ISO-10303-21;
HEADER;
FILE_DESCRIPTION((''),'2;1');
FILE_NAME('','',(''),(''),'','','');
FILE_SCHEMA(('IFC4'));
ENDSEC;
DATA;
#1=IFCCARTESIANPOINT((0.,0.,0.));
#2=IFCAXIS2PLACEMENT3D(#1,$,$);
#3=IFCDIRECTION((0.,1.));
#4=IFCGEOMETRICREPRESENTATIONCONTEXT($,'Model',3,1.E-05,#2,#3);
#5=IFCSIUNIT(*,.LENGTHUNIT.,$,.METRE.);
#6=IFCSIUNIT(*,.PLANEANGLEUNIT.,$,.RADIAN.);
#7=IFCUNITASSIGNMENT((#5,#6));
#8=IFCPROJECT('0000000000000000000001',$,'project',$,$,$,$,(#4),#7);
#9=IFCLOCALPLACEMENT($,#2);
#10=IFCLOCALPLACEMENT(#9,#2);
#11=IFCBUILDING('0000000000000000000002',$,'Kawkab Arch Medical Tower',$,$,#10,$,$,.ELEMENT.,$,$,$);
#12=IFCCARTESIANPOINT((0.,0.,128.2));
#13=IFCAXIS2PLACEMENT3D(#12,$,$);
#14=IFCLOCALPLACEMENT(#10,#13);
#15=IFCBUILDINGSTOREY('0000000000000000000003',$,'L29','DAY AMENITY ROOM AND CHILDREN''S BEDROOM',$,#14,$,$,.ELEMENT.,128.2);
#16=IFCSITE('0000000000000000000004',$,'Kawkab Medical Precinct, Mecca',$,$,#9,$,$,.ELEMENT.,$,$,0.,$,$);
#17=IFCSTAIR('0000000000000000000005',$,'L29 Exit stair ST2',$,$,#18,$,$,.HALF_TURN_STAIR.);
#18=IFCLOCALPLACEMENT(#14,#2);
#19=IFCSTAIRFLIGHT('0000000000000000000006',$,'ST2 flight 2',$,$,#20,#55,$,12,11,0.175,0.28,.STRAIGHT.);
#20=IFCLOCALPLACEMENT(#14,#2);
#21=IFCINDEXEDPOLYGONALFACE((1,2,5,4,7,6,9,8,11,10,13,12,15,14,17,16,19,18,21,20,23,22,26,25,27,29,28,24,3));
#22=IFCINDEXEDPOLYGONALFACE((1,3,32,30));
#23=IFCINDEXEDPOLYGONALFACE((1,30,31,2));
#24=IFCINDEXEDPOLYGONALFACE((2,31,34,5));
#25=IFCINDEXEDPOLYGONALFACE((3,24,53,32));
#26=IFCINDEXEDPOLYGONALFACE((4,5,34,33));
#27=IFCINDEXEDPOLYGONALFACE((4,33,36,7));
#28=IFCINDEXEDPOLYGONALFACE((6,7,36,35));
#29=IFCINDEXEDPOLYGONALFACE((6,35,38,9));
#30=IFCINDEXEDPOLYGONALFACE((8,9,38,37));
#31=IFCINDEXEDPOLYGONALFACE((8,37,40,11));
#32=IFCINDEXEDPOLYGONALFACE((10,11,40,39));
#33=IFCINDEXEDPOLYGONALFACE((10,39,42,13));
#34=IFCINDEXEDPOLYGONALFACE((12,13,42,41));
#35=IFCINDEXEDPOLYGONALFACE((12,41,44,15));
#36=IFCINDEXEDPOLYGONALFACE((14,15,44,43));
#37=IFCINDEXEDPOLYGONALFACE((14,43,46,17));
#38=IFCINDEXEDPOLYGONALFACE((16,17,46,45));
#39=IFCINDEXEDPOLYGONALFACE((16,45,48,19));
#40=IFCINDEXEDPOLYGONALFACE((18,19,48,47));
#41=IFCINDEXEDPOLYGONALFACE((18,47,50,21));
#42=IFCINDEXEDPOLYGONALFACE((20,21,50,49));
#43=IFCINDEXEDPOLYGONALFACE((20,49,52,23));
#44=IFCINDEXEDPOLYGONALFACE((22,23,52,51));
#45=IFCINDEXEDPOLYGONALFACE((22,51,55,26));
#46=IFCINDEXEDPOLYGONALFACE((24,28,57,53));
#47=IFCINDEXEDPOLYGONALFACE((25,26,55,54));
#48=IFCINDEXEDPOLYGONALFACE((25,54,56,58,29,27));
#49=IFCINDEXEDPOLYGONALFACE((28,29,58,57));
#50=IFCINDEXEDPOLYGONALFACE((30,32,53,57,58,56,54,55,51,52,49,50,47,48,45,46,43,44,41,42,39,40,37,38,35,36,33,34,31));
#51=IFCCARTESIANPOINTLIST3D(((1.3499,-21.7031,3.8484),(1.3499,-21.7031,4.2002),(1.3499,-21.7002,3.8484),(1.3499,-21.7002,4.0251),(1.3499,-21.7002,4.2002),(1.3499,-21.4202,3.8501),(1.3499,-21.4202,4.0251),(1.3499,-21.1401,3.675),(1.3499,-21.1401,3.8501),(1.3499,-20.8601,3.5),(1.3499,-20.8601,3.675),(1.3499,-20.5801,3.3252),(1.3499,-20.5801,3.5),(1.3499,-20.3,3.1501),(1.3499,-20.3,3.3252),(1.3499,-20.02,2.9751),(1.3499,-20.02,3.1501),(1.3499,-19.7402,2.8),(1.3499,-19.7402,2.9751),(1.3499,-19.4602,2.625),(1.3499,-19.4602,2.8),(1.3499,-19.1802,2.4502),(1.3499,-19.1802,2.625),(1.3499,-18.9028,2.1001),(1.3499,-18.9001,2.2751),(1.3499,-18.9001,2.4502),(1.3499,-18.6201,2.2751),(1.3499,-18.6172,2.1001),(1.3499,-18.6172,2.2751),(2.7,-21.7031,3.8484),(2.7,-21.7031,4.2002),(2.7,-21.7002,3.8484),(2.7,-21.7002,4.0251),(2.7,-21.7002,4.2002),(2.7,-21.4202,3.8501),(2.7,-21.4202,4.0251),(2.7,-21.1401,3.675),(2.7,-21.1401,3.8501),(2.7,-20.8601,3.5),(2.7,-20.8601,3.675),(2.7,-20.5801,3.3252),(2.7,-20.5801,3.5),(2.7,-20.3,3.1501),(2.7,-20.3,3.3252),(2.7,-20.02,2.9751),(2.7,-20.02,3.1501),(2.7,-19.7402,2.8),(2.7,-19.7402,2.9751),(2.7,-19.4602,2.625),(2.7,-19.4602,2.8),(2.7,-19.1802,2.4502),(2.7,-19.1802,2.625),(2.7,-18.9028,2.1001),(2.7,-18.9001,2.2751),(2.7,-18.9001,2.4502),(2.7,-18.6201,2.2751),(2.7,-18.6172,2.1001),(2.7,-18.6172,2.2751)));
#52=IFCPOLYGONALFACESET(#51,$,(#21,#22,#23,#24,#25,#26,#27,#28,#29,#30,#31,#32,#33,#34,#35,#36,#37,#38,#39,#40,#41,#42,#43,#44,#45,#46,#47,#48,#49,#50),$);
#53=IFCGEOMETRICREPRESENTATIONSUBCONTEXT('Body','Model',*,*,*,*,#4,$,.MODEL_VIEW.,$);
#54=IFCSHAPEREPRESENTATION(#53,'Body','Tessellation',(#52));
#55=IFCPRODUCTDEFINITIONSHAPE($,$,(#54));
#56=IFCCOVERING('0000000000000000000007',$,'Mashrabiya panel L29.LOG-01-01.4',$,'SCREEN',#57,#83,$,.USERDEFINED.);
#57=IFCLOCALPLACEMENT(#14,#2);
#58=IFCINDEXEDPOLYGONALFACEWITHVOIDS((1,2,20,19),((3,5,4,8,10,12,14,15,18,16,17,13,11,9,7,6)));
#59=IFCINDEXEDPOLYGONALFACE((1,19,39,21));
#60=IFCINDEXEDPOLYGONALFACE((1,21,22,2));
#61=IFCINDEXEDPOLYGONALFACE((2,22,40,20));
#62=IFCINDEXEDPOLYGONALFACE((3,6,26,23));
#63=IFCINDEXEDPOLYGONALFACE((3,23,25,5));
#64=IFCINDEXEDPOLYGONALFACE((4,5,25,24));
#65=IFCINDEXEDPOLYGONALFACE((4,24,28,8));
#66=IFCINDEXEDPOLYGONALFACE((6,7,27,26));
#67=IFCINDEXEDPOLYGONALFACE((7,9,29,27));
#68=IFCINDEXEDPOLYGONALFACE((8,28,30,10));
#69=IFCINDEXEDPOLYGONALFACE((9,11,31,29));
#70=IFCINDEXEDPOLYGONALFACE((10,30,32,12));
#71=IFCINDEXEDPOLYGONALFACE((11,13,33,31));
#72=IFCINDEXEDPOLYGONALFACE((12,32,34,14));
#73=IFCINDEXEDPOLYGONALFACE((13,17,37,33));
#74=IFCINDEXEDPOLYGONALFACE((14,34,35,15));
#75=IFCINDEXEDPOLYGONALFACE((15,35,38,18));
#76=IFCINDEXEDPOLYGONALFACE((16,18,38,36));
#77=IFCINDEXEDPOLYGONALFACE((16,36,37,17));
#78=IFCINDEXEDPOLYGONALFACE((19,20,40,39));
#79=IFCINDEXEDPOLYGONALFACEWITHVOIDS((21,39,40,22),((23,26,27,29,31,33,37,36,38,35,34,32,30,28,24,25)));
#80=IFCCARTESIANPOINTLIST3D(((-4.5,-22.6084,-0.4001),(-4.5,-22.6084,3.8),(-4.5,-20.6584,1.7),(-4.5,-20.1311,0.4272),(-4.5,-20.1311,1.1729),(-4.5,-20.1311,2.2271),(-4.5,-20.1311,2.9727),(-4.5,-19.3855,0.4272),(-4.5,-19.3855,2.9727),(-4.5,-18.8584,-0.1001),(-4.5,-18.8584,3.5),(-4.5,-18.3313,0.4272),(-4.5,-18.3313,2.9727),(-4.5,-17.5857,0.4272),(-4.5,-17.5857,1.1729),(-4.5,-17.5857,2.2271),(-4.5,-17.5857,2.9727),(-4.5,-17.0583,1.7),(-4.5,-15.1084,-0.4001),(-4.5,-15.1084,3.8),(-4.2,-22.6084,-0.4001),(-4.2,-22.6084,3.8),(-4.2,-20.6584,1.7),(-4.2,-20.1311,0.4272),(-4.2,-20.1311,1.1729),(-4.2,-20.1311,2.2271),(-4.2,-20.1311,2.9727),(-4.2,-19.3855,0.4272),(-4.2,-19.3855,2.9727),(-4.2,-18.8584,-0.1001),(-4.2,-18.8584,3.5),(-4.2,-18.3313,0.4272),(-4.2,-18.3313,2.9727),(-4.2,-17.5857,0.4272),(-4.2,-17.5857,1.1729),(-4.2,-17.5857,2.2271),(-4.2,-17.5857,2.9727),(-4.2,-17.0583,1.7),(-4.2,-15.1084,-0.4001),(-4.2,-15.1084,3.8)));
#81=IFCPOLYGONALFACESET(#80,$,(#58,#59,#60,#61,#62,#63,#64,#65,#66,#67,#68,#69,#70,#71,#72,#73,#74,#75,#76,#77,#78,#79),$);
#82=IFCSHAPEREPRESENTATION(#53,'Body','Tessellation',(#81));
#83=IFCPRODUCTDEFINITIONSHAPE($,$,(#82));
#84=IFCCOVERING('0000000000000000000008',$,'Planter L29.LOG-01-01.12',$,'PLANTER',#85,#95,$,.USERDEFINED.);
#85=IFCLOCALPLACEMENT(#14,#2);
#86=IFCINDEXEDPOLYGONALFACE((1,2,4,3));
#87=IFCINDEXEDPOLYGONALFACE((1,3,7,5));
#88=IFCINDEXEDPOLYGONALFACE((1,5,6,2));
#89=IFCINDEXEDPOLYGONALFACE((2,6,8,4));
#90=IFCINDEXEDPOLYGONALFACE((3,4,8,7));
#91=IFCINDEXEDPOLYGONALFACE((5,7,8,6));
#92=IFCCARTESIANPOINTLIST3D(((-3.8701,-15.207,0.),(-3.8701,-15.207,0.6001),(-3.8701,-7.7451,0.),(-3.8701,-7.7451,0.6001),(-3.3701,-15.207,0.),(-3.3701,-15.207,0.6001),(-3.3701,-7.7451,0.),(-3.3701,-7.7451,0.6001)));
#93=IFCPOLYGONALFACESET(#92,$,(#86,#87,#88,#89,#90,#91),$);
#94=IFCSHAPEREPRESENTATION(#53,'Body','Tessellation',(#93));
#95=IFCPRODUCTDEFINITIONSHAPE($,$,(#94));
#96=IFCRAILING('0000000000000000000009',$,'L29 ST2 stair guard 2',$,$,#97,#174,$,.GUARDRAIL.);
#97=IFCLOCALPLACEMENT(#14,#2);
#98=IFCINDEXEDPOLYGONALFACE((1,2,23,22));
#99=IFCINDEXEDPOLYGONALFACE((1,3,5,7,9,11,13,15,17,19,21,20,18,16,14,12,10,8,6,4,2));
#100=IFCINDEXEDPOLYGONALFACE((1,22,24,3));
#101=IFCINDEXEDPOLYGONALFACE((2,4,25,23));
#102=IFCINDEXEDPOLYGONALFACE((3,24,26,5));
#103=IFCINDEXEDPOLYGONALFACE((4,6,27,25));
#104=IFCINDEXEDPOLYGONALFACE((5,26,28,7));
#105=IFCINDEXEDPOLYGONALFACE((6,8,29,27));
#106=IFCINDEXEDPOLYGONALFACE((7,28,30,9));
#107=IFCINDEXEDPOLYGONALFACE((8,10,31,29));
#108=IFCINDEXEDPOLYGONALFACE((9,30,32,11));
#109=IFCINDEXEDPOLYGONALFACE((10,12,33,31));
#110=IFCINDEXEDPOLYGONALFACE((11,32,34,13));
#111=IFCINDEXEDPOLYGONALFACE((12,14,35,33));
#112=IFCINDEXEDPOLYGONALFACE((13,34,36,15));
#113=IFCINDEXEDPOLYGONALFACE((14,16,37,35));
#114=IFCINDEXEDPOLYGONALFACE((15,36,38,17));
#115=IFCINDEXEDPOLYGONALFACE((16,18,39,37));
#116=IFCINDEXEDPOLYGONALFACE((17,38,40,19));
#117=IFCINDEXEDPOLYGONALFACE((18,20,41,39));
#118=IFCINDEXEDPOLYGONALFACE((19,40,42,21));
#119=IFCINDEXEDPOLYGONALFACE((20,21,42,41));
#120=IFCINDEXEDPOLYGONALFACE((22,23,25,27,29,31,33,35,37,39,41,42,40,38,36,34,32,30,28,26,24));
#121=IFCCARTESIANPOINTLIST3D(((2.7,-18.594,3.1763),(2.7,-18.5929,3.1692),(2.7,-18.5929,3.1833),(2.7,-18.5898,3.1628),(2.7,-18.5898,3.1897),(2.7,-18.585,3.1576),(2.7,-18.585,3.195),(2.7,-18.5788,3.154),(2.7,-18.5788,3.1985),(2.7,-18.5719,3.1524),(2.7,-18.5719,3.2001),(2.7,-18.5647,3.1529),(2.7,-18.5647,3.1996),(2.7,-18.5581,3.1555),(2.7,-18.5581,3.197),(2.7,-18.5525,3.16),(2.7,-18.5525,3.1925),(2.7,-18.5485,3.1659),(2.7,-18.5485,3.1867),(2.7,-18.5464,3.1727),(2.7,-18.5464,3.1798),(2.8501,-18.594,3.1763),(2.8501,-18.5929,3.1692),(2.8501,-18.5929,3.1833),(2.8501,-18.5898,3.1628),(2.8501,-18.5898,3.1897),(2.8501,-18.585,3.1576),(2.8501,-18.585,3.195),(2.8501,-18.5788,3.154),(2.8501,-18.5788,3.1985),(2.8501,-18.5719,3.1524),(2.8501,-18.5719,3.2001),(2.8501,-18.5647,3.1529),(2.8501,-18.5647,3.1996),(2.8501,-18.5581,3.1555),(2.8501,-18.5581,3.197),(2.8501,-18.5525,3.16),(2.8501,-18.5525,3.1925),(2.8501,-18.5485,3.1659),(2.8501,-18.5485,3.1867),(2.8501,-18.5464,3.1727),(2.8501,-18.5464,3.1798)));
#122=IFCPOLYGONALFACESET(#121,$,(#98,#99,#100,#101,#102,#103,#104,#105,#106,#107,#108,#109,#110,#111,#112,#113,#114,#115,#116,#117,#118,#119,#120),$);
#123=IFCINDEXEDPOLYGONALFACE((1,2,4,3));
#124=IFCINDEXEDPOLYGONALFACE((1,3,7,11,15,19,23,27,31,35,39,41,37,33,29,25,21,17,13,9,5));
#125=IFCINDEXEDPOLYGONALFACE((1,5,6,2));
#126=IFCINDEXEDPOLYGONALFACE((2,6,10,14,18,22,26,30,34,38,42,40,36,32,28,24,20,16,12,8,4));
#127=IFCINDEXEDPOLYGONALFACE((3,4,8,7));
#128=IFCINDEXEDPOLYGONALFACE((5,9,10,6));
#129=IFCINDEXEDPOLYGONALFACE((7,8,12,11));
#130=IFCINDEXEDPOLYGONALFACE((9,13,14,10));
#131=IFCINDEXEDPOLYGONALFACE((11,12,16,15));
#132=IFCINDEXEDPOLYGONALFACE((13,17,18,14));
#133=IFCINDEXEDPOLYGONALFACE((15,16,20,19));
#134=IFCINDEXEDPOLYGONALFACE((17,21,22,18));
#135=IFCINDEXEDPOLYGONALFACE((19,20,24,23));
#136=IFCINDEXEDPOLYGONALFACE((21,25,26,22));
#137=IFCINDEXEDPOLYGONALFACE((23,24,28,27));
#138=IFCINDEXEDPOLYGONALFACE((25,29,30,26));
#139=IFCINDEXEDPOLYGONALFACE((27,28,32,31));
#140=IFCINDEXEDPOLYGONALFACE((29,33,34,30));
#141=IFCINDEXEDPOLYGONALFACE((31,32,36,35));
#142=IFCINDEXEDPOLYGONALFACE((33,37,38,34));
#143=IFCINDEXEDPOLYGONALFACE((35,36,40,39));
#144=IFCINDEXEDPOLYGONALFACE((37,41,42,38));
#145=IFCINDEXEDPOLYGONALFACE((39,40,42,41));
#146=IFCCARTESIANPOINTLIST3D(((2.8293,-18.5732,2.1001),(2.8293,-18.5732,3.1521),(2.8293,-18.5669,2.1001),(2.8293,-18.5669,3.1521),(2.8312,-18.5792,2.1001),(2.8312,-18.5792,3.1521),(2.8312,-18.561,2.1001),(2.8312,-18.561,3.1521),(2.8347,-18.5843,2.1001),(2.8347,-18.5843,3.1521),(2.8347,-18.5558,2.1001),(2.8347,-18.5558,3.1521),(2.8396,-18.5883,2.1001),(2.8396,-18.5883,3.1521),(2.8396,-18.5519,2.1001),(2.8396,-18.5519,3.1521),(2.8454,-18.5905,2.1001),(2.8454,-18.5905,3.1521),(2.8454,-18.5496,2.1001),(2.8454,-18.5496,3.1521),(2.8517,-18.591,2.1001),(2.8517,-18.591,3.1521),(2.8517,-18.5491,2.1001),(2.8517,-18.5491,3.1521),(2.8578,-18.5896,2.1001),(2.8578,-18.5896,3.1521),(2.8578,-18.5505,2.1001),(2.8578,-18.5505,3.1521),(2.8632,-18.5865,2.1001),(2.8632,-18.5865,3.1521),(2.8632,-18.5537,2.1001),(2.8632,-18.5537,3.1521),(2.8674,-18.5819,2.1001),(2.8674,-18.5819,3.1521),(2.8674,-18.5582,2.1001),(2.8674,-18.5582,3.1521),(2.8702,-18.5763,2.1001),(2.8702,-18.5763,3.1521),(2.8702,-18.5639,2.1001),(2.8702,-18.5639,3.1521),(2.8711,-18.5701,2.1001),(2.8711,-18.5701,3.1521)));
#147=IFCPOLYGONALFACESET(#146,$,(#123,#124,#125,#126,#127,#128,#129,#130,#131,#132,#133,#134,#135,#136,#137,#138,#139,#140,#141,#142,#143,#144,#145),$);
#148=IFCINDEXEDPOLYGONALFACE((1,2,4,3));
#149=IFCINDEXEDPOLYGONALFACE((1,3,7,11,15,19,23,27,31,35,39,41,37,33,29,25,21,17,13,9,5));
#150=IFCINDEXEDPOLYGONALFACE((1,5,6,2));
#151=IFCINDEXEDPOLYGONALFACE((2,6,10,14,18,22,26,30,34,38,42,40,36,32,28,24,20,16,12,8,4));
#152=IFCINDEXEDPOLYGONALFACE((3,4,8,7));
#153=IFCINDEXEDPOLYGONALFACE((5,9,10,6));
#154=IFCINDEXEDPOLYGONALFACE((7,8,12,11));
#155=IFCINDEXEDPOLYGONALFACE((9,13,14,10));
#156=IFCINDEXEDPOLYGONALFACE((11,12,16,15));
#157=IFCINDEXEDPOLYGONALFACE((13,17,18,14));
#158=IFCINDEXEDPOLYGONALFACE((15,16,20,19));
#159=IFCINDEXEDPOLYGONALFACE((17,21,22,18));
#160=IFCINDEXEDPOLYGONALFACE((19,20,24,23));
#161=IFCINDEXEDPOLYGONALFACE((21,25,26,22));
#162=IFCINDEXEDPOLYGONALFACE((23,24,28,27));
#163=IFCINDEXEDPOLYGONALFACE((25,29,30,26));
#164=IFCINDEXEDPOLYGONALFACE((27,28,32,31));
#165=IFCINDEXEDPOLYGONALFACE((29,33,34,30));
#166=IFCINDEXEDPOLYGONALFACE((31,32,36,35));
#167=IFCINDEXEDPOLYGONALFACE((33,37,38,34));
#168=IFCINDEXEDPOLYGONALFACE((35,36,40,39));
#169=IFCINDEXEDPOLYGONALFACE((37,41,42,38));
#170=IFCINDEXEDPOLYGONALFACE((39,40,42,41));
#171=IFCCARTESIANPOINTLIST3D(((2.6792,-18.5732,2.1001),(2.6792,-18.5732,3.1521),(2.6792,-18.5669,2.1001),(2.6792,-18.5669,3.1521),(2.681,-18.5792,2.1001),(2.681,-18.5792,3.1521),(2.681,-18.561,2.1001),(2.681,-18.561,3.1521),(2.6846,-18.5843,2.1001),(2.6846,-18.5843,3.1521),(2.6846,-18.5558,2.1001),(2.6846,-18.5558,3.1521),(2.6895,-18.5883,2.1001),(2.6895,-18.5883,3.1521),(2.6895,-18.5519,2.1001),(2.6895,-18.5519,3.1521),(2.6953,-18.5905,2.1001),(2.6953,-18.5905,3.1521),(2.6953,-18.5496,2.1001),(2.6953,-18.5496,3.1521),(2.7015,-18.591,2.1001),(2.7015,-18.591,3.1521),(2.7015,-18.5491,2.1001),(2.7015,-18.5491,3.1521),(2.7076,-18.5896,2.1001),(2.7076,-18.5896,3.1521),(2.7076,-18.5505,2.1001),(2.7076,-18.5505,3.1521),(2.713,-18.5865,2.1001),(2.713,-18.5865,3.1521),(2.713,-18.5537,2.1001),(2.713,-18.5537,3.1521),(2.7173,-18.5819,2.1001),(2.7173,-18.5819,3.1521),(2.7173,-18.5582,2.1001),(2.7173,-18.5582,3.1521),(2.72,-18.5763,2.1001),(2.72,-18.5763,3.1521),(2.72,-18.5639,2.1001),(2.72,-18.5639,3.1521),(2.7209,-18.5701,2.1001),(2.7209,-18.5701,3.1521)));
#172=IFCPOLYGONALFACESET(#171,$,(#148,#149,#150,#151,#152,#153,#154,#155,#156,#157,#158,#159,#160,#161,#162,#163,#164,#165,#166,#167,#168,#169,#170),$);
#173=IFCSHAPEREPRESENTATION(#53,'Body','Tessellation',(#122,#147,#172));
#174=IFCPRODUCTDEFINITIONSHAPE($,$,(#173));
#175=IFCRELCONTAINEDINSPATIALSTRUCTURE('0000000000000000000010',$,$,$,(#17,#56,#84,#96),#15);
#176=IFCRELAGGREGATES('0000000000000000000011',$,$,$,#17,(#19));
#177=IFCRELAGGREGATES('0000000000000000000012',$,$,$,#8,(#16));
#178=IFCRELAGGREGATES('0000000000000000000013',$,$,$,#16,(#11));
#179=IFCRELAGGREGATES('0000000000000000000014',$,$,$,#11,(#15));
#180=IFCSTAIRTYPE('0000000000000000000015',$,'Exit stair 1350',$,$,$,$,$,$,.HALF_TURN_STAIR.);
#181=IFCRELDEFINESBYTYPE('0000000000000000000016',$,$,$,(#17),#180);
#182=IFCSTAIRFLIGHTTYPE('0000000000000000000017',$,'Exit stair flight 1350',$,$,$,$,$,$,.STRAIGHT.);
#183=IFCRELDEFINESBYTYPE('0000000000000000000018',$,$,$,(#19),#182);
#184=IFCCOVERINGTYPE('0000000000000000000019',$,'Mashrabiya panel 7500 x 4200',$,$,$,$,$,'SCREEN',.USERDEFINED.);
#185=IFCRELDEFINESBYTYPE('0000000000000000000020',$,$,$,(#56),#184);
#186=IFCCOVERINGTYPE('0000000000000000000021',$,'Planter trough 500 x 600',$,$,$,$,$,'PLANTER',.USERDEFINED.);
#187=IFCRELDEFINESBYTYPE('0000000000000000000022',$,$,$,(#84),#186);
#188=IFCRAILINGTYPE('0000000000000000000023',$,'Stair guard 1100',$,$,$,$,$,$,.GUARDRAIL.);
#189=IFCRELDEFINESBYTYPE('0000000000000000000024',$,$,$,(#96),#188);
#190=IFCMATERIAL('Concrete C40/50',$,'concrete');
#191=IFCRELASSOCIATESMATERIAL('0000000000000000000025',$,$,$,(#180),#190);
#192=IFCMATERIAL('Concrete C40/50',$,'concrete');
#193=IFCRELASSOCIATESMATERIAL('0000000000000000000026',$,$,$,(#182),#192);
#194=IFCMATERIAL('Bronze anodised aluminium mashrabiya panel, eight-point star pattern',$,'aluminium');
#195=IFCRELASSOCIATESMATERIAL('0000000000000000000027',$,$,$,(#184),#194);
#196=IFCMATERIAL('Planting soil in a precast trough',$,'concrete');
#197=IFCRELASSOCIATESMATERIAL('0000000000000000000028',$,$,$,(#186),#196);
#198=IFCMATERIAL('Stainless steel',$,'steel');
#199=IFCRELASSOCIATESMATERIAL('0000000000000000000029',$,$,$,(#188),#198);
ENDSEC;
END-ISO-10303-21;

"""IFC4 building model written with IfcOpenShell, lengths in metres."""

from ifc_helpers import new_model, si_unit, direction, frame, origin, origin_2d, place, context, subcontext, project, spatial, polyline, rectangle, circle, outline, extrude, material, material_profile, profile_set, type_object, element, aggregate, save


model = new_model("IFC4")

# Units and contexts
model_context = context("Model", 3, precision=1e-05, world=origin(), true_north=direction((0.0, 1.0)))
body_context = subcontext(model_context, "Body", "Model", "MODEL_VIEW")
ifc_project = project(units=[si_unit("LENGTHUNIT", "METRE"), si_unit("PLANEANGLEUNIT", "RADIAN")], contexts=[model_context])

# Site, building, storey
site_placement = place(None, origin())
site = spatial("IfcSite", under=ifc_project, at=site_placement, Name="Kawkab Medical Precinct, Mecca", CompositionType="ELEMENT", RefElevation=0.0)
building_placement = place(site_placement, origin())
building = spatial("IfcBuilding", under=site, at=building_placement, Name="Kawkab Arch Medical Tower", CompositionType="ELEMENT")
storey_placement = place(building_placement, frame((0.0, 0.0, 128.2)))
storey = spatial("IfcBuildingStorey", under=building, at=storey_placement, Name="L29", Description="DAY AMENITY ROOM AND CHILDREN'S BEDROOM", CompositionType="ELEMENT", Elevation=128.2)

# Shared definitions
placement = place(storey_placement, origin())

# Stair, stair flight
ifc_material_1 = material(Name="Concrete C40/50", Category="concrete")
stair_type = type_object("IfcStairType", Name="Exit stair 1350", PredefinedType="HALF_TURN_STAIR", material=ifc_material_1)
stair = element("IfcStair", 1, at=placement, inside=storey, type_object=stair_type, Name="L29 Exit stair ST2", PredefinedType="HALF_TURN_STAIR")
ifc_material_2 = material(Name="Concrete C40/50", Category="concrete")
stair_flight_type = type_object("IfcStairFlightType", Name="Exit stair flight 1350", PredefinedType="STRAIGHT", material=ifc_material_2)
stair_flight_placement = place(storey_placement, frame((2.0249, -18.6201, 2.1001), z_axis=(0.0, 0.0, 1.0), x_axis=(0.0, -1.0, 0.0)))
stair_flight = element("IfcStairFlight", 2, at=stair_flight_placement, type_object=stair_flight_type, Name="ST2 flight 2", NumberOfRisers=12, NumberOfTreads=11, PredefinedType="STRAIGHT", RiserHeight=0.175, TreadLength=0.28, context=body_context, shape_type="SweptSolid", body=[
    extrude(outline(polyline([(-0.0029, 0.0), (-0.0029, 0.175), (0.0, 0.175), (0.28, 0.175), (0.28, 0.3501), (0.5601, 0.3501), (0.5601, 0.5249), (0.8401, 0.5249), (0.8401, 0.7), (1.1201, 0.7), (1.1201, 0.875), (1.3999, 0.875), (1.3999, 1.05), (1.6799, 1.05), (1.6799, 1.2251), (1.96, 1.2251), (1.96, 1.3999), (2.24, 1.3999), (2.24, 1.575), (2.52, 1.575), (2.52, 1.75), (2.8, 1.75), (2.8, 1.925), (3.0801, 1.925), (3.0801, 2.1001), (3.083, 2.1001), (3.083, 1.7483), (3.0801, 1.7483), (0.2827, 0.0), (-0.0029, 0.0)])), frame((0.0, 0.675, 0.0), z_axis=(0.0, -1.0, 0.0), x_axis=(1.0, 0.0, 0.0)), (0.0, 0.0, 1.0), 1.3501),
])
aggregate(stair, [stair_flight])

# Coverings
ifc_material_3 = material(Name="Bronze anodised aluminium mashrabiya panel, eight-point star pattern", Category="aluminium")
ifc_material_profile_1 = material_profile(ifc_material_3, outline(polyline([(-3.75, -2.1001), (3.75, -2.1001), (3.75, 2.1001), (-3.75, 2.1001), (-3.75, -2.1001)]), holes=[polyline([(1.8, 0.0), (1.2727, 0.5271), (1.2727, 1.2727), (0.5271, 1.2727), (0.0, 1.8), (-0.5271, 1.2727), (-1.2727, 1.2727), (-1.2727, 0.5271), (-1.8, 0.0), (-1.2727, -0.5271), (-1.2727, -1.2727), (-0.5271, -1.2727), (0.0, -1.8), (0.5271, -1.2727), (1.2727, -1.2727), (1.2727, -0.5271), (1.8, 0.0)])]), Name="Mashrabiya panel 7500x4200")
ifc_profile_set_1 = profile_set([ifc_material_profile_1], Name="Bronze anodised aluminium mashrabiya panel, eight-point star pattern")
covering_type_1 = type_object("IfcCoveringType", Name="Mashrabiya panel 7500 x 4200", ElementType="SCREEN", PredefinedType="USERDEFINED", material=ifc_profile_set_1)
covering_1_placement = place(storey_placement, frame((-4.2, -18.8584, 1.7), z_axis=(-1.0, 0.0, 0.0), x_axis=(0.0, -1.0, 0.0)))
element("IfcCovering", 3, at=covering_1_placement, inside=storey, type_object=covering_type_1, Name="Mashrabiya panel L29.LOG-01-01.4", ObjectType="SCREEN", PredefinedType="USERDEFINED", context=body_context, shape_type="SweptSolid", body=[
    extrude(outline(polyline([(-3.75, -2.1001), (3.75, -2.1001), (3.75, 2.1001), (-3.75, 2.1001), (-3.75, -2.1001)]), holes=[polyline([(1.8, 0.0), (1.2727, 0.5271), (1.2727, 1.2727), (0.5271, 1.2727), (0.0, 1.8), (-0.5271, 1.2727), (-1.2727, 1.2727), (-1.2727, 0.5271), (-1.8, 0.0), (-1.2727, -0.5271), (-1.2727, -1.2727), (-0.5271, -1.2727), (0.0, -1.8), (0.5271, -1.2727), (1.2727, -1.2727), (1.2727, -0.5271), (1.8, 0.0)])]), origin(), (0.0, 0.0, 1.0), 0.3),
])
ifc_material_4 = material(Name="Planting soil in a precast trough", Category="concrete")
ifc_material_profile_2 = material_profile(ifc_material_4, rectangle(XDim=0.5, YDim=0.6001, at=origin_2d()), Name="Trough 500x600")
ifc_profile_set_2 = profile_set([ifc_material_profile_2], Name="Planting soil in a precast trough")
covering_type_2 = type_object("IfcCoveringType", Name="Planter trough 500 x 600", ElementType="PLANTER", PredefinedType="USERDEFINED", material=ifc_profile_set_2)
covering_2_placement = place(storey_placement, frame((-3.6201, -15.207, 0.3), z_axis=(0.0, 1.0, 0.0), x_axis=(-1.0, 0.0, 0.0)))
element("IfcCovering", 4, at=covering_2_placement, inside=storey, type_object=covering_type_2, Name="Planter L29.LOG-01-01.12", ObjectType="PLANTER", PredefinedType="USERDEFINED", context=body_context, shape_type="SweptSolid", body=[
    extrude(rectangle(XDim=0.5, YDim=0.6001, at=origin_2d()), origin(), (0.0, 0.0, 1.0), 7.4619),
])

# Railing
ifc_material_5 = material(Name="Stainless steel", Category="steel")
railing_type = type_object("IfcRailingType", Name="Stair guard 1100", PredefinedType="GUARDRAIL", material=ifc_material_5)
railing_1_placement = place(storey_placement, frame((2.8501, -18.5701, 2.1001)))
element("IfcRailing", 5, at=railing_1_placement, inside=storey, type_object=railing_type, Name="L29 ST2 stair guard 2", PredefinedType="GUARDRAIL", context=body_context, shape_type="SweptSolid", body=[
    extrude(circle(Radius=0.0239, at=origin_2d()), frame((0.0, 0.0, 1.0762), z_axis=(-1.0, 0.0, 0.0), x_axis=(0.0, -1.0, 0.0)), (0.0, 0.0, 1.0), 0.1501),
    extrude(circle(Radius=0.021, at=origin_2d()), origin(), (0.0, 0.0, 1.0), 1.052),
    extrude(circle(Radius=0.021, at=origin_2d()), frame((-0.1501, 0.0, 0.0)), (0.0, 0.0, 1.0), 1.052),
])

save(model, "model.ifc")
